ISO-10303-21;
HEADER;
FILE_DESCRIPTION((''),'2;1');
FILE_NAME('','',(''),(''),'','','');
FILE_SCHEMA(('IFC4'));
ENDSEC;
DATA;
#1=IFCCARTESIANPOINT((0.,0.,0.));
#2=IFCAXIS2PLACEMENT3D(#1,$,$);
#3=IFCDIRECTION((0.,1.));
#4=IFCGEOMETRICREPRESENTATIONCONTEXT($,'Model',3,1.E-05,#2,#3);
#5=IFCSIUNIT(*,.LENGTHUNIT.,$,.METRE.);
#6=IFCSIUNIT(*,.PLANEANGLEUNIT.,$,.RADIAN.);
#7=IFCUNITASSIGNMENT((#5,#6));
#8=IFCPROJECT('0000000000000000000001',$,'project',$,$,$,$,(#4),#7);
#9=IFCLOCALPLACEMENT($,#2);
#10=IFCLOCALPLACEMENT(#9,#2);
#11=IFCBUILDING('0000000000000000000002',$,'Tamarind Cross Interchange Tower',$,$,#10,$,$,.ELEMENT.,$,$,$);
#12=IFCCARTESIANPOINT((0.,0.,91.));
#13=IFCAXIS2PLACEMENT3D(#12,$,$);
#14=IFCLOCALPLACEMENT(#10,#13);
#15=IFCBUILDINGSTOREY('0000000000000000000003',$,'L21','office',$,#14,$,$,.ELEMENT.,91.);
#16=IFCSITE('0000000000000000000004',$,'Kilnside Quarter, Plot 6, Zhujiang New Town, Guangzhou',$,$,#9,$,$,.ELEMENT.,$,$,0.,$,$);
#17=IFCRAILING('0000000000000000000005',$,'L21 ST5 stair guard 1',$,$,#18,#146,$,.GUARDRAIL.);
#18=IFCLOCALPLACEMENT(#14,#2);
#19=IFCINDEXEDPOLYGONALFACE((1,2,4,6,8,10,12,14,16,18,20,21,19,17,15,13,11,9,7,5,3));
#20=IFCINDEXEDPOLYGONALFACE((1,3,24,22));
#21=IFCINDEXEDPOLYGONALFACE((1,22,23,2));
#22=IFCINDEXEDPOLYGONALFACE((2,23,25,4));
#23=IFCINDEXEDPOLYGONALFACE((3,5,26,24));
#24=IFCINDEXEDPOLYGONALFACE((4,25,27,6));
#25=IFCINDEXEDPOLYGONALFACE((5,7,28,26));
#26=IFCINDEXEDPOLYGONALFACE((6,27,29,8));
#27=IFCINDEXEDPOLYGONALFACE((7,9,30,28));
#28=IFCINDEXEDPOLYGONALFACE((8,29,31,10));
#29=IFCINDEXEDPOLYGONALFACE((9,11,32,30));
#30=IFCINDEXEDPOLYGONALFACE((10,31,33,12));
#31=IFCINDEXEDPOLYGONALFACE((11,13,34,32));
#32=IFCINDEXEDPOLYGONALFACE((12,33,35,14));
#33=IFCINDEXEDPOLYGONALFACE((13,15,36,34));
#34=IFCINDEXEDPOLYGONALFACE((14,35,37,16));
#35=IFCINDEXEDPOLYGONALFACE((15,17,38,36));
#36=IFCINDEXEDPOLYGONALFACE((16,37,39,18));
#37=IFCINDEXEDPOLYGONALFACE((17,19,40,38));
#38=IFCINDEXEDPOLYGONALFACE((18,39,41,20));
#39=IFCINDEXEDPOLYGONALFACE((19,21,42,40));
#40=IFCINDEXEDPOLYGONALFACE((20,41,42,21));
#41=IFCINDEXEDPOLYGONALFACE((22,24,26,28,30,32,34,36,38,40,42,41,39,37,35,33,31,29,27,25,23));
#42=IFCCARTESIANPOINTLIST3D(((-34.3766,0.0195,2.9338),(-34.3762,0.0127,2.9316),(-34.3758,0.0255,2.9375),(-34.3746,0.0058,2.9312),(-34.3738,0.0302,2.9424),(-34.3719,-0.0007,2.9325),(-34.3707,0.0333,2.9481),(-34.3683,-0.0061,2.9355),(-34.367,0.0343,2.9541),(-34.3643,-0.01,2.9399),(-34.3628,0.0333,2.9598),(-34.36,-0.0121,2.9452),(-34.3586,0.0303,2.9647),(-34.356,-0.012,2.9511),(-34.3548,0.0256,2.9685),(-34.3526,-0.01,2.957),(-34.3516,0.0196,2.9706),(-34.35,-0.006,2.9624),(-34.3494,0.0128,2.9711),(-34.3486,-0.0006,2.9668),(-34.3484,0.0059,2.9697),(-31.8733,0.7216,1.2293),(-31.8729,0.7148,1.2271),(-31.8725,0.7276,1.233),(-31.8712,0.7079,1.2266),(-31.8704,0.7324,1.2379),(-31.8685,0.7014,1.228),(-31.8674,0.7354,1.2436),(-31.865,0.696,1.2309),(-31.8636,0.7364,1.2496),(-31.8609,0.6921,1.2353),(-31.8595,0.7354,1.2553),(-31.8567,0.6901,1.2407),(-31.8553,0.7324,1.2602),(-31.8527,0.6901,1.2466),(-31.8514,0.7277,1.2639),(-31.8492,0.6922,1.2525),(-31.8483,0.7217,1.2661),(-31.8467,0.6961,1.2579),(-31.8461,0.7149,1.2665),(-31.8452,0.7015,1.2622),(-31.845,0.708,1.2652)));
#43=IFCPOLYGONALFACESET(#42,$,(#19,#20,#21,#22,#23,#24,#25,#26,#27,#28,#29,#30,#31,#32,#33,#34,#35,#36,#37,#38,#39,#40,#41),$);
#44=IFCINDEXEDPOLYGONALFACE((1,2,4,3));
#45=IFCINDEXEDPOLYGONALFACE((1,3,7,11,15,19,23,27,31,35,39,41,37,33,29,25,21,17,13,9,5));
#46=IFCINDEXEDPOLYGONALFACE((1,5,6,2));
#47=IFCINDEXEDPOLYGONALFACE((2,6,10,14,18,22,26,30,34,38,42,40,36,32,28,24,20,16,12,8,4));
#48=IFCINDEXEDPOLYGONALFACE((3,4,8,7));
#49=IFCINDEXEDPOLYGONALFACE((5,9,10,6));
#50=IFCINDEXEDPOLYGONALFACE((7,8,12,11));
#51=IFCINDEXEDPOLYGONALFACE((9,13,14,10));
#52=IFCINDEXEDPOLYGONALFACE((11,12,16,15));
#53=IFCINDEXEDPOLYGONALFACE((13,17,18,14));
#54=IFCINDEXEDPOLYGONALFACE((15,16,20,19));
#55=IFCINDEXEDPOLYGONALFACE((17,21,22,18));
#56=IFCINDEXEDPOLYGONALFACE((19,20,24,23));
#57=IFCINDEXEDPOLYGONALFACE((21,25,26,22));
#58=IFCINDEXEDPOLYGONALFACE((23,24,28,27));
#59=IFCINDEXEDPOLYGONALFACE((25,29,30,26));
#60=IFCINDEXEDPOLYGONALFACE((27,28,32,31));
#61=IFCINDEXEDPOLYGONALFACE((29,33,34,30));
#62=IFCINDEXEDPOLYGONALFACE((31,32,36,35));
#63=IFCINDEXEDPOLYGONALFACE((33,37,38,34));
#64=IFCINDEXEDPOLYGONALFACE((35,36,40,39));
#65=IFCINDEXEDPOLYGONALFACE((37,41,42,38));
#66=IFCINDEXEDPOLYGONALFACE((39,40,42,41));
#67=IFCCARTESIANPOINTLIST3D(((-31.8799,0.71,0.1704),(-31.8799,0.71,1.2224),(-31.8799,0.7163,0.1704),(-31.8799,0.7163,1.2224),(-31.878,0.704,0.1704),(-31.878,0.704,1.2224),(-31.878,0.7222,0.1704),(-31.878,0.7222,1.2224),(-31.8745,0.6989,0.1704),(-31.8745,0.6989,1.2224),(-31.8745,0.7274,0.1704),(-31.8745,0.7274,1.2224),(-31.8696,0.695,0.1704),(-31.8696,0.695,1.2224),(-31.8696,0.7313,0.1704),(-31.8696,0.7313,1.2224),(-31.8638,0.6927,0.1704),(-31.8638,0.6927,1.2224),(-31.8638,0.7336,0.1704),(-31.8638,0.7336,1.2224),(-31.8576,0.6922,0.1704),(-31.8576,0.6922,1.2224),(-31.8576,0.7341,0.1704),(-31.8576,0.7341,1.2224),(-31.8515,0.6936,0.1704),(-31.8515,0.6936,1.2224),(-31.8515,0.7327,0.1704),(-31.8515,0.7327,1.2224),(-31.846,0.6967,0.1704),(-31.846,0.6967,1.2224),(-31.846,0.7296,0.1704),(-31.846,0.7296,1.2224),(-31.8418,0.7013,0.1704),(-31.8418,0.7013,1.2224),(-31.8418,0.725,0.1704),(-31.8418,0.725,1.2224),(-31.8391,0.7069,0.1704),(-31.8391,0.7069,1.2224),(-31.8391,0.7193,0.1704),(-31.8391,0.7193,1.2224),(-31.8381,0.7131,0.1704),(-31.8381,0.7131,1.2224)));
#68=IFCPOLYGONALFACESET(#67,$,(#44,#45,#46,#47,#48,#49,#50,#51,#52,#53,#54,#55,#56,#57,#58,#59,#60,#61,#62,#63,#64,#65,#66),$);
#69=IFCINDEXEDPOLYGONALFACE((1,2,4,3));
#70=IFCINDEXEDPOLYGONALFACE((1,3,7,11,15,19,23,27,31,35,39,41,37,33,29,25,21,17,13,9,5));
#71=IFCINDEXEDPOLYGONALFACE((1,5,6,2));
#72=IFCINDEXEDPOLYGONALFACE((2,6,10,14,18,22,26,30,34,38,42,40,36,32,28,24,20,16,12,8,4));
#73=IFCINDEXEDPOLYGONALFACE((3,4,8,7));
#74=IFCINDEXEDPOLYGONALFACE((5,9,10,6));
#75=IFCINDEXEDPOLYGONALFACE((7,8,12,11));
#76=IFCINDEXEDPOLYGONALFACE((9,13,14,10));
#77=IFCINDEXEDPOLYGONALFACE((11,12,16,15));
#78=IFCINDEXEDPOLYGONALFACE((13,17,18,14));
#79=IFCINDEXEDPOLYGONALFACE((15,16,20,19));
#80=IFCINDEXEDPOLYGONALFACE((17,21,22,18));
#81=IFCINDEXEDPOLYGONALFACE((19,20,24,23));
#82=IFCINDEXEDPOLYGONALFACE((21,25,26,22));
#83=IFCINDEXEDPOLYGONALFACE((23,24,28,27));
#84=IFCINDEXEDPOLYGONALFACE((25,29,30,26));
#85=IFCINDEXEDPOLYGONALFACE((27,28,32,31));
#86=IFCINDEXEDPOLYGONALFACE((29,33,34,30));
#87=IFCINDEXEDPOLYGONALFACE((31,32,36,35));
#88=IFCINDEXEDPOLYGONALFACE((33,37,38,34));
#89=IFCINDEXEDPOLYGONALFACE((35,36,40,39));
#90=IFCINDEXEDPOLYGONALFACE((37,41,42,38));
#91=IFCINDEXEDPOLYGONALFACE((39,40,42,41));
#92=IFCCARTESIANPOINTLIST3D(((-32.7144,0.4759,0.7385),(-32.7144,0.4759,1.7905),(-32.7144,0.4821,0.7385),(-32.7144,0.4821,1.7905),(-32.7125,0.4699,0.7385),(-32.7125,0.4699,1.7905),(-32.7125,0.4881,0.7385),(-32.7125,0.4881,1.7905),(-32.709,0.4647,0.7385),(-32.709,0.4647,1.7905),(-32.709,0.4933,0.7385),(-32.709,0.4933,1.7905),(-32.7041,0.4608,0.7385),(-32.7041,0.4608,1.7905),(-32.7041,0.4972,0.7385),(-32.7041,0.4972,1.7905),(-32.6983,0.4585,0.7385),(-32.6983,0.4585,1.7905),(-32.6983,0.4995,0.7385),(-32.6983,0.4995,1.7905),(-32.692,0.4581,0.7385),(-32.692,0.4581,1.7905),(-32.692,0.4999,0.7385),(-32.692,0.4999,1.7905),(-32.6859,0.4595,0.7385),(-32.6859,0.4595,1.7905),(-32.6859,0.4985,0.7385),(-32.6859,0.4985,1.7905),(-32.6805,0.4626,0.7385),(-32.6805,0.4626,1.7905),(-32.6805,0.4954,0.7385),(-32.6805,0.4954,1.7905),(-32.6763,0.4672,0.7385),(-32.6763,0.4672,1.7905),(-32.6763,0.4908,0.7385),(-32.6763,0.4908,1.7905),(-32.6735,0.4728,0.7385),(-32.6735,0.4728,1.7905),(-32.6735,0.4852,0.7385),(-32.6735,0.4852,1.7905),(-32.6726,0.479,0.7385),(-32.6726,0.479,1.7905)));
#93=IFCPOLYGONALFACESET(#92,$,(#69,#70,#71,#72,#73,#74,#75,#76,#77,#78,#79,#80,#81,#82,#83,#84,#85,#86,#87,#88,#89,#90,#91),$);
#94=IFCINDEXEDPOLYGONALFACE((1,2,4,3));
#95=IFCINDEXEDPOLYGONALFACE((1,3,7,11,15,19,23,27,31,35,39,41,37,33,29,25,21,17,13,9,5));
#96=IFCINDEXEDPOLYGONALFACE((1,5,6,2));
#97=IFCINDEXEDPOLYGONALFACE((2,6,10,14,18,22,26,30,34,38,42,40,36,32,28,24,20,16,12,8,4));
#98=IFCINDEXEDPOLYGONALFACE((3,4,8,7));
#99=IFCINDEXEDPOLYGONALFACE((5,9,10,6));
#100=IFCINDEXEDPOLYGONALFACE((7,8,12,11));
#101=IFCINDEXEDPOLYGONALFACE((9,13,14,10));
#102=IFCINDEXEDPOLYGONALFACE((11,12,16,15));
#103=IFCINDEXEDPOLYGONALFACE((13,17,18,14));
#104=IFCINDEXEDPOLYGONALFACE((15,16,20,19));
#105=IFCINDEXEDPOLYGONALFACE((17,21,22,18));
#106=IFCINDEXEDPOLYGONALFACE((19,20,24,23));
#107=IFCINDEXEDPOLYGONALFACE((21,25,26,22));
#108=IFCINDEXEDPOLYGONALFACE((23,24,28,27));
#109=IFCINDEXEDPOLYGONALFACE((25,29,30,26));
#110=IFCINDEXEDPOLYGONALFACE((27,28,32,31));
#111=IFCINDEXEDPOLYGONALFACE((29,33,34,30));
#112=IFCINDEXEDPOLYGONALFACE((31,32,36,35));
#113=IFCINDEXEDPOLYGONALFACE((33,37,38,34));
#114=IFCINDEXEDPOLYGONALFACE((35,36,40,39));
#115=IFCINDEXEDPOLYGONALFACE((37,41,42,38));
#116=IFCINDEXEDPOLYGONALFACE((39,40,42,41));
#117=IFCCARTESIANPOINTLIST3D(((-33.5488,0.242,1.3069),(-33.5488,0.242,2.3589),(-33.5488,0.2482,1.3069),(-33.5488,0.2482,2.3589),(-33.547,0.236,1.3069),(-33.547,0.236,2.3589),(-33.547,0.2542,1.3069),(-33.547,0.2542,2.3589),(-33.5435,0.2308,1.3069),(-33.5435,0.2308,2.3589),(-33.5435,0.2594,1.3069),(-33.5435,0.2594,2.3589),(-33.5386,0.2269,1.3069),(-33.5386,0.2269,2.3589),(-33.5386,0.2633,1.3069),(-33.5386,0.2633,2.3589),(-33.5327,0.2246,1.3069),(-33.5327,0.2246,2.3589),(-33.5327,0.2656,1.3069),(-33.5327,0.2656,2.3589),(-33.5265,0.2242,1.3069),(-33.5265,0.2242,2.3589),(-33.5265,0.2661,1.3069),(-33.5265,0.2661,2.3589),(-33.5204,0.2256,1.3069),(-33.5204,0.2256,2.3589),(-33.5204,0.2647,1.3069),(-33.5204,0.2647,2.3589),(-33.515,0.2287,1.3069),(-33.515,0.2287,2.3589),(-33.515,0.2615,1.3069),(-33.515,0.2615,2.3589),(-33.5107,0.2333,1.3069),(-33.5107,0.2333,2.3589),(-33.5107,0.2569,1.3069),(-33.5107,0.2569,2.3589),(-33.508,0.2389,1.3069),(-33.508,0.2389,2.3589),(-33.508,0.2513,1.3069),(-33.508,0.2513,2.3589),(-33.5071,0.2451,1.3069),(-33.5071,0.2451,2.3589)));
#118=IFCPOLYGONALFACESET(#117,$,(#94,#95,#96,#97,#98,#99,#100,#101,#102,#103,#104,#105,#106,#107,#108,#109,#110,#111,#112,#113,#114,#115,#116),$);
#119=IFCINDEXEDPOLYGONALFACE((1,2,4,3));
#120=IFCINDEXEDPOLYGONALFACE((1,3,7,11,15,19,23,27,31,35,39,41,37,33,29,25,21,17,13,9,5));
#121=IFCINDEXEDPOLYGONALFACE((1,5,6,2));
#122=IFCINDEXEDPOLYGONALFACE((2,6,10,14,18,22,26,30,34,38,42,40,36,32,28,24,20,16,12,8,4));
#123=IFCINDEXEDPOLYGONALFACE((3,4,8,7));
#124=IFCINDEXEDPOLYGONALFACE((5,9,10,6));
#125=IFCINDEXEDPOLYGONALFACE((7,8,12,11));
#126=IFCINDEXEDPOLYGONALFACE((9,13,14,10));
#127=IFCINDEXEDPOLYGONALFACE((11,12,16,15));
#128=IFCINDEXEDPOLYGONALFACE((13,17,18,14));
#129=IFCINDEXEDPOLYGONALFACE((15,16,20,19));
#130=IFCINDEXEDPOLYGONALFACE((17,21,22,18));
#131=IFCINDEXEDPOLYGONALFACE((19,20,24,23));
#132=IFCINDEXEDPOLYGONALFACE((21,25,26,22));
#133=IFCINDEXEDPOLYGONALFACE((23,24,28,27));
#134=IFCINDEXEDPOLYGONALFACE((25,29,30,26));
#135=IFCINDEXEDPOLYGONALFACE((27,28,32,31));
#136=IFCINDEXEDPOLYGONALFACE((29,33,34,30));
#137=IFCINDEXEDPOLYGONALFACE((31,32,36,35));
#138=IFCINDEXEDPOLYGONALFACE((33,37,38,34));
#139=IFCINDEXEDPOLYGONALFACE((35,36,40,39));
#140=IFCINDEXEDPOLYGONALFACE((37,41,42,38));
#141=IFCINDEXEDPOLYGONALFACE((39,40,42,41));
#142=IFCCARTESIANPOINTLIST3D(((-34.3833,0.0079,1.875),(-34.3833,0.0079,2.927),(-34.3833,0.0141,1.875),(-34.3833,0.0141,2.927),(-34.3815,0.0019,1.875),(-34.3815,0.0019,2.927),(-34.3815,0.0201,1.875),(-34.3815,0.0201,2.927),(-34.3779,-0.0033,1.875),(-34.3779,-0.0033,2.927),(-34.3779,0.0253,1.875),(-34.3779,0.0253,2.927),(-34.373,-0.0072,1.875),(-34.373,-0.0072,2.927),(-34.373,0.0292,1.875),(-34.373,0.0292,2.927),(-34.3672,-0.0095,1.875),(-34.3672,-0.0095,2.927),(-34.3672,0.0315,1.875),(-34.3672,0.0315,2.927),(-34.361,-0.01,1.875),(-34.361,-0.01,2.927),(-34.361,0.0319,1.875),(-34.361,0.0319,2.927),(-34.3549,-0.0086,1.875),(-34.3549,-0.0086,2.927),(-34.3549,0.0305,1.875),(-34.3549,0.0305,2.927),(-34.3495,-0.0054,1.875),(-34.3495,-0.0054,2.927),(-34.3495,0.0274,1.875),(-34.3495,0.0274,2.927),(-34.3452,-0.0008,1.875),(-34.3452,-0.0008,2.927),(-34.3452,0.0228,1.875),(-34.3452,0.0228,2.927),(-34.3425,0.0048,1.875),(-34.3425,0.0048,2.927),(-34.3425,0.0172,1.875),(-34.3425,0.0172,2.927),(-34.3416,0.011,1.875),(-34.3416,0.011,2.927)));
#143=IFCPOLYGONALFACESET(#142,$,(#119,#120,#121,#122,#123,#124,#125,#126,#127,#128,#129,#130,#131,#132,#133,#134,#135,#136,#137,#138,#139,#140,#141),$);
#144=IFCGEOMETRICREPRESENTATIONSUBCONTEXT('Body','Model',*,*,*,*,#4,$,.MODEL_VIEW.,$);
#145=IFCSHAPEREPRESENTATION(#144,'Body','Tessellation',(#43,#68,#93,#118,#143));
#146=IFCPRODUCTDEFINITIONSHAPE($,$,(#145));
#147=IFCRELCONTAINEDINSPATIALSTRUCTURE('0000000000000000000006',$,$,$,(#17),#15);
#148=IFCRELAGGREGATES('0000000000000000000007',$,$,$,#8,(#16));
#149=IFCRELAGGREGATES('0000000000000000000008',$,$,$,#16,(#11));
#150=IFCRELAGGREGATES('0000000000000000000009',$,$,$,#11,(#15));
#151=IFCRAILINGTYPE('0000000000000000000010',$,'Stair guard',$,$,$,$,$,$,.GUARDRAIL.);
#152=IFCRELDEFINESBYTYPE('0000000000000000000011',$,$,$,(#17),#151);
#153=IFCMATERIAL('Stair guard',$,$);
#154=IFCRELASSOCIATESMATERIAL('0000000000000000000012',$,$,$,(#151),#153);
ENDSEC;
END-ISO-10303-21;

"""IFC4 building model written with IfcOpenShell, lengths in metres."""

from ifc_helpers import new_model, si_unit, direction, frame, origin, origin_2d, place, context, subcontext, project, spatial, circle, extrude, material, type_object, element, save


model = new_model("IFC4")

# Units and contexts
model_context = context("Model", 3, precision=1e-05, world=origin(), true_north=direction((0.0, 1.0)))
body_context = subcontext(model_context, "Body", "Model", "MODEL_VIEW")
ifc_project = project(units=[si_unit("LENGTHUNIT", "METRE"), si_unit("PLANEANGLEUNIT", "RADIAN")], contexts=[model_context])

# Site, building, storey
site_placement = place(None, origin())
site = spatial("IfcSite", under=ifc_project, at=site_placement, Name="Kilnside Quarter, Plot 6, Zhujiang New Town, Guangzhou", CompositionType="ELEMENT", RefElevation=0.0)
building_placement = place(site_placement, origin())
building = spatial("IfcBuilding", under=site, at=building_placement, Name="Tamarind Cross Interchange Tower", CompositionType="ELEMENT")
storey_placement = place(building_placement, frame((0.0, 0.0, 91.0)))
storey = spatial("IfcBuildingStorey", under=building, at=storey_placement, Name="L21", Description="office", CompositionType="ELEMENT", Elevation=91.0)

# Railing
ifc_material_1 = material(Name="Stair guard")
railing_type_1 = type_object("IfcRailingType", Name="Stair guard", PredefinedType="GUARDRAIL", material=ifc_material_1)
railing_1_placement = place(storey_placement, frame((-31.8591, 0.7131, 0.1704)))
element("IfcRailing", 1, at=railing_1_placement, inside=storey, type_object=railing_type_1, Name="L21 ST5 stair guard 1", PredefinedType="GUARDRAIL", context=body_context, shape_type="SweptSolid", body=[
    extrude(circle(Radius=0.0239, at=origin_2d()), frame((0.0, 0.0, 1.0762), z_axis=(-0.805222, -0.225845, 0.54828), x_axis=(0.270055, -0.962845, 0.0)), (0.0, 0.0, 1.0), 3.1089),
    extrude(circle(Radius=0.021, at=origin_2d()), origin(), (0.0, 0.0, 1.0), 1.052),
    extrude(circle(Radius=0.021, at=origin_2d()), frame((-0.8345, -0.2341, 0.5681)), (0.0, 0.0, 1.0), 1.052),
    extrude(circle(Radius=0.021, at=origin_2d()), frame((-1.6689, -0.468, 1.1365)), (0.0, 0.0, 1.0), 1.052),
    extrude(circle(Radius=0.021, at=origin_2d()), frame((-2.5034, -0.7021, 1.7046)), (0.0, 0.0, 1.0), 1.052),
])

save(model, "model.ifc")
